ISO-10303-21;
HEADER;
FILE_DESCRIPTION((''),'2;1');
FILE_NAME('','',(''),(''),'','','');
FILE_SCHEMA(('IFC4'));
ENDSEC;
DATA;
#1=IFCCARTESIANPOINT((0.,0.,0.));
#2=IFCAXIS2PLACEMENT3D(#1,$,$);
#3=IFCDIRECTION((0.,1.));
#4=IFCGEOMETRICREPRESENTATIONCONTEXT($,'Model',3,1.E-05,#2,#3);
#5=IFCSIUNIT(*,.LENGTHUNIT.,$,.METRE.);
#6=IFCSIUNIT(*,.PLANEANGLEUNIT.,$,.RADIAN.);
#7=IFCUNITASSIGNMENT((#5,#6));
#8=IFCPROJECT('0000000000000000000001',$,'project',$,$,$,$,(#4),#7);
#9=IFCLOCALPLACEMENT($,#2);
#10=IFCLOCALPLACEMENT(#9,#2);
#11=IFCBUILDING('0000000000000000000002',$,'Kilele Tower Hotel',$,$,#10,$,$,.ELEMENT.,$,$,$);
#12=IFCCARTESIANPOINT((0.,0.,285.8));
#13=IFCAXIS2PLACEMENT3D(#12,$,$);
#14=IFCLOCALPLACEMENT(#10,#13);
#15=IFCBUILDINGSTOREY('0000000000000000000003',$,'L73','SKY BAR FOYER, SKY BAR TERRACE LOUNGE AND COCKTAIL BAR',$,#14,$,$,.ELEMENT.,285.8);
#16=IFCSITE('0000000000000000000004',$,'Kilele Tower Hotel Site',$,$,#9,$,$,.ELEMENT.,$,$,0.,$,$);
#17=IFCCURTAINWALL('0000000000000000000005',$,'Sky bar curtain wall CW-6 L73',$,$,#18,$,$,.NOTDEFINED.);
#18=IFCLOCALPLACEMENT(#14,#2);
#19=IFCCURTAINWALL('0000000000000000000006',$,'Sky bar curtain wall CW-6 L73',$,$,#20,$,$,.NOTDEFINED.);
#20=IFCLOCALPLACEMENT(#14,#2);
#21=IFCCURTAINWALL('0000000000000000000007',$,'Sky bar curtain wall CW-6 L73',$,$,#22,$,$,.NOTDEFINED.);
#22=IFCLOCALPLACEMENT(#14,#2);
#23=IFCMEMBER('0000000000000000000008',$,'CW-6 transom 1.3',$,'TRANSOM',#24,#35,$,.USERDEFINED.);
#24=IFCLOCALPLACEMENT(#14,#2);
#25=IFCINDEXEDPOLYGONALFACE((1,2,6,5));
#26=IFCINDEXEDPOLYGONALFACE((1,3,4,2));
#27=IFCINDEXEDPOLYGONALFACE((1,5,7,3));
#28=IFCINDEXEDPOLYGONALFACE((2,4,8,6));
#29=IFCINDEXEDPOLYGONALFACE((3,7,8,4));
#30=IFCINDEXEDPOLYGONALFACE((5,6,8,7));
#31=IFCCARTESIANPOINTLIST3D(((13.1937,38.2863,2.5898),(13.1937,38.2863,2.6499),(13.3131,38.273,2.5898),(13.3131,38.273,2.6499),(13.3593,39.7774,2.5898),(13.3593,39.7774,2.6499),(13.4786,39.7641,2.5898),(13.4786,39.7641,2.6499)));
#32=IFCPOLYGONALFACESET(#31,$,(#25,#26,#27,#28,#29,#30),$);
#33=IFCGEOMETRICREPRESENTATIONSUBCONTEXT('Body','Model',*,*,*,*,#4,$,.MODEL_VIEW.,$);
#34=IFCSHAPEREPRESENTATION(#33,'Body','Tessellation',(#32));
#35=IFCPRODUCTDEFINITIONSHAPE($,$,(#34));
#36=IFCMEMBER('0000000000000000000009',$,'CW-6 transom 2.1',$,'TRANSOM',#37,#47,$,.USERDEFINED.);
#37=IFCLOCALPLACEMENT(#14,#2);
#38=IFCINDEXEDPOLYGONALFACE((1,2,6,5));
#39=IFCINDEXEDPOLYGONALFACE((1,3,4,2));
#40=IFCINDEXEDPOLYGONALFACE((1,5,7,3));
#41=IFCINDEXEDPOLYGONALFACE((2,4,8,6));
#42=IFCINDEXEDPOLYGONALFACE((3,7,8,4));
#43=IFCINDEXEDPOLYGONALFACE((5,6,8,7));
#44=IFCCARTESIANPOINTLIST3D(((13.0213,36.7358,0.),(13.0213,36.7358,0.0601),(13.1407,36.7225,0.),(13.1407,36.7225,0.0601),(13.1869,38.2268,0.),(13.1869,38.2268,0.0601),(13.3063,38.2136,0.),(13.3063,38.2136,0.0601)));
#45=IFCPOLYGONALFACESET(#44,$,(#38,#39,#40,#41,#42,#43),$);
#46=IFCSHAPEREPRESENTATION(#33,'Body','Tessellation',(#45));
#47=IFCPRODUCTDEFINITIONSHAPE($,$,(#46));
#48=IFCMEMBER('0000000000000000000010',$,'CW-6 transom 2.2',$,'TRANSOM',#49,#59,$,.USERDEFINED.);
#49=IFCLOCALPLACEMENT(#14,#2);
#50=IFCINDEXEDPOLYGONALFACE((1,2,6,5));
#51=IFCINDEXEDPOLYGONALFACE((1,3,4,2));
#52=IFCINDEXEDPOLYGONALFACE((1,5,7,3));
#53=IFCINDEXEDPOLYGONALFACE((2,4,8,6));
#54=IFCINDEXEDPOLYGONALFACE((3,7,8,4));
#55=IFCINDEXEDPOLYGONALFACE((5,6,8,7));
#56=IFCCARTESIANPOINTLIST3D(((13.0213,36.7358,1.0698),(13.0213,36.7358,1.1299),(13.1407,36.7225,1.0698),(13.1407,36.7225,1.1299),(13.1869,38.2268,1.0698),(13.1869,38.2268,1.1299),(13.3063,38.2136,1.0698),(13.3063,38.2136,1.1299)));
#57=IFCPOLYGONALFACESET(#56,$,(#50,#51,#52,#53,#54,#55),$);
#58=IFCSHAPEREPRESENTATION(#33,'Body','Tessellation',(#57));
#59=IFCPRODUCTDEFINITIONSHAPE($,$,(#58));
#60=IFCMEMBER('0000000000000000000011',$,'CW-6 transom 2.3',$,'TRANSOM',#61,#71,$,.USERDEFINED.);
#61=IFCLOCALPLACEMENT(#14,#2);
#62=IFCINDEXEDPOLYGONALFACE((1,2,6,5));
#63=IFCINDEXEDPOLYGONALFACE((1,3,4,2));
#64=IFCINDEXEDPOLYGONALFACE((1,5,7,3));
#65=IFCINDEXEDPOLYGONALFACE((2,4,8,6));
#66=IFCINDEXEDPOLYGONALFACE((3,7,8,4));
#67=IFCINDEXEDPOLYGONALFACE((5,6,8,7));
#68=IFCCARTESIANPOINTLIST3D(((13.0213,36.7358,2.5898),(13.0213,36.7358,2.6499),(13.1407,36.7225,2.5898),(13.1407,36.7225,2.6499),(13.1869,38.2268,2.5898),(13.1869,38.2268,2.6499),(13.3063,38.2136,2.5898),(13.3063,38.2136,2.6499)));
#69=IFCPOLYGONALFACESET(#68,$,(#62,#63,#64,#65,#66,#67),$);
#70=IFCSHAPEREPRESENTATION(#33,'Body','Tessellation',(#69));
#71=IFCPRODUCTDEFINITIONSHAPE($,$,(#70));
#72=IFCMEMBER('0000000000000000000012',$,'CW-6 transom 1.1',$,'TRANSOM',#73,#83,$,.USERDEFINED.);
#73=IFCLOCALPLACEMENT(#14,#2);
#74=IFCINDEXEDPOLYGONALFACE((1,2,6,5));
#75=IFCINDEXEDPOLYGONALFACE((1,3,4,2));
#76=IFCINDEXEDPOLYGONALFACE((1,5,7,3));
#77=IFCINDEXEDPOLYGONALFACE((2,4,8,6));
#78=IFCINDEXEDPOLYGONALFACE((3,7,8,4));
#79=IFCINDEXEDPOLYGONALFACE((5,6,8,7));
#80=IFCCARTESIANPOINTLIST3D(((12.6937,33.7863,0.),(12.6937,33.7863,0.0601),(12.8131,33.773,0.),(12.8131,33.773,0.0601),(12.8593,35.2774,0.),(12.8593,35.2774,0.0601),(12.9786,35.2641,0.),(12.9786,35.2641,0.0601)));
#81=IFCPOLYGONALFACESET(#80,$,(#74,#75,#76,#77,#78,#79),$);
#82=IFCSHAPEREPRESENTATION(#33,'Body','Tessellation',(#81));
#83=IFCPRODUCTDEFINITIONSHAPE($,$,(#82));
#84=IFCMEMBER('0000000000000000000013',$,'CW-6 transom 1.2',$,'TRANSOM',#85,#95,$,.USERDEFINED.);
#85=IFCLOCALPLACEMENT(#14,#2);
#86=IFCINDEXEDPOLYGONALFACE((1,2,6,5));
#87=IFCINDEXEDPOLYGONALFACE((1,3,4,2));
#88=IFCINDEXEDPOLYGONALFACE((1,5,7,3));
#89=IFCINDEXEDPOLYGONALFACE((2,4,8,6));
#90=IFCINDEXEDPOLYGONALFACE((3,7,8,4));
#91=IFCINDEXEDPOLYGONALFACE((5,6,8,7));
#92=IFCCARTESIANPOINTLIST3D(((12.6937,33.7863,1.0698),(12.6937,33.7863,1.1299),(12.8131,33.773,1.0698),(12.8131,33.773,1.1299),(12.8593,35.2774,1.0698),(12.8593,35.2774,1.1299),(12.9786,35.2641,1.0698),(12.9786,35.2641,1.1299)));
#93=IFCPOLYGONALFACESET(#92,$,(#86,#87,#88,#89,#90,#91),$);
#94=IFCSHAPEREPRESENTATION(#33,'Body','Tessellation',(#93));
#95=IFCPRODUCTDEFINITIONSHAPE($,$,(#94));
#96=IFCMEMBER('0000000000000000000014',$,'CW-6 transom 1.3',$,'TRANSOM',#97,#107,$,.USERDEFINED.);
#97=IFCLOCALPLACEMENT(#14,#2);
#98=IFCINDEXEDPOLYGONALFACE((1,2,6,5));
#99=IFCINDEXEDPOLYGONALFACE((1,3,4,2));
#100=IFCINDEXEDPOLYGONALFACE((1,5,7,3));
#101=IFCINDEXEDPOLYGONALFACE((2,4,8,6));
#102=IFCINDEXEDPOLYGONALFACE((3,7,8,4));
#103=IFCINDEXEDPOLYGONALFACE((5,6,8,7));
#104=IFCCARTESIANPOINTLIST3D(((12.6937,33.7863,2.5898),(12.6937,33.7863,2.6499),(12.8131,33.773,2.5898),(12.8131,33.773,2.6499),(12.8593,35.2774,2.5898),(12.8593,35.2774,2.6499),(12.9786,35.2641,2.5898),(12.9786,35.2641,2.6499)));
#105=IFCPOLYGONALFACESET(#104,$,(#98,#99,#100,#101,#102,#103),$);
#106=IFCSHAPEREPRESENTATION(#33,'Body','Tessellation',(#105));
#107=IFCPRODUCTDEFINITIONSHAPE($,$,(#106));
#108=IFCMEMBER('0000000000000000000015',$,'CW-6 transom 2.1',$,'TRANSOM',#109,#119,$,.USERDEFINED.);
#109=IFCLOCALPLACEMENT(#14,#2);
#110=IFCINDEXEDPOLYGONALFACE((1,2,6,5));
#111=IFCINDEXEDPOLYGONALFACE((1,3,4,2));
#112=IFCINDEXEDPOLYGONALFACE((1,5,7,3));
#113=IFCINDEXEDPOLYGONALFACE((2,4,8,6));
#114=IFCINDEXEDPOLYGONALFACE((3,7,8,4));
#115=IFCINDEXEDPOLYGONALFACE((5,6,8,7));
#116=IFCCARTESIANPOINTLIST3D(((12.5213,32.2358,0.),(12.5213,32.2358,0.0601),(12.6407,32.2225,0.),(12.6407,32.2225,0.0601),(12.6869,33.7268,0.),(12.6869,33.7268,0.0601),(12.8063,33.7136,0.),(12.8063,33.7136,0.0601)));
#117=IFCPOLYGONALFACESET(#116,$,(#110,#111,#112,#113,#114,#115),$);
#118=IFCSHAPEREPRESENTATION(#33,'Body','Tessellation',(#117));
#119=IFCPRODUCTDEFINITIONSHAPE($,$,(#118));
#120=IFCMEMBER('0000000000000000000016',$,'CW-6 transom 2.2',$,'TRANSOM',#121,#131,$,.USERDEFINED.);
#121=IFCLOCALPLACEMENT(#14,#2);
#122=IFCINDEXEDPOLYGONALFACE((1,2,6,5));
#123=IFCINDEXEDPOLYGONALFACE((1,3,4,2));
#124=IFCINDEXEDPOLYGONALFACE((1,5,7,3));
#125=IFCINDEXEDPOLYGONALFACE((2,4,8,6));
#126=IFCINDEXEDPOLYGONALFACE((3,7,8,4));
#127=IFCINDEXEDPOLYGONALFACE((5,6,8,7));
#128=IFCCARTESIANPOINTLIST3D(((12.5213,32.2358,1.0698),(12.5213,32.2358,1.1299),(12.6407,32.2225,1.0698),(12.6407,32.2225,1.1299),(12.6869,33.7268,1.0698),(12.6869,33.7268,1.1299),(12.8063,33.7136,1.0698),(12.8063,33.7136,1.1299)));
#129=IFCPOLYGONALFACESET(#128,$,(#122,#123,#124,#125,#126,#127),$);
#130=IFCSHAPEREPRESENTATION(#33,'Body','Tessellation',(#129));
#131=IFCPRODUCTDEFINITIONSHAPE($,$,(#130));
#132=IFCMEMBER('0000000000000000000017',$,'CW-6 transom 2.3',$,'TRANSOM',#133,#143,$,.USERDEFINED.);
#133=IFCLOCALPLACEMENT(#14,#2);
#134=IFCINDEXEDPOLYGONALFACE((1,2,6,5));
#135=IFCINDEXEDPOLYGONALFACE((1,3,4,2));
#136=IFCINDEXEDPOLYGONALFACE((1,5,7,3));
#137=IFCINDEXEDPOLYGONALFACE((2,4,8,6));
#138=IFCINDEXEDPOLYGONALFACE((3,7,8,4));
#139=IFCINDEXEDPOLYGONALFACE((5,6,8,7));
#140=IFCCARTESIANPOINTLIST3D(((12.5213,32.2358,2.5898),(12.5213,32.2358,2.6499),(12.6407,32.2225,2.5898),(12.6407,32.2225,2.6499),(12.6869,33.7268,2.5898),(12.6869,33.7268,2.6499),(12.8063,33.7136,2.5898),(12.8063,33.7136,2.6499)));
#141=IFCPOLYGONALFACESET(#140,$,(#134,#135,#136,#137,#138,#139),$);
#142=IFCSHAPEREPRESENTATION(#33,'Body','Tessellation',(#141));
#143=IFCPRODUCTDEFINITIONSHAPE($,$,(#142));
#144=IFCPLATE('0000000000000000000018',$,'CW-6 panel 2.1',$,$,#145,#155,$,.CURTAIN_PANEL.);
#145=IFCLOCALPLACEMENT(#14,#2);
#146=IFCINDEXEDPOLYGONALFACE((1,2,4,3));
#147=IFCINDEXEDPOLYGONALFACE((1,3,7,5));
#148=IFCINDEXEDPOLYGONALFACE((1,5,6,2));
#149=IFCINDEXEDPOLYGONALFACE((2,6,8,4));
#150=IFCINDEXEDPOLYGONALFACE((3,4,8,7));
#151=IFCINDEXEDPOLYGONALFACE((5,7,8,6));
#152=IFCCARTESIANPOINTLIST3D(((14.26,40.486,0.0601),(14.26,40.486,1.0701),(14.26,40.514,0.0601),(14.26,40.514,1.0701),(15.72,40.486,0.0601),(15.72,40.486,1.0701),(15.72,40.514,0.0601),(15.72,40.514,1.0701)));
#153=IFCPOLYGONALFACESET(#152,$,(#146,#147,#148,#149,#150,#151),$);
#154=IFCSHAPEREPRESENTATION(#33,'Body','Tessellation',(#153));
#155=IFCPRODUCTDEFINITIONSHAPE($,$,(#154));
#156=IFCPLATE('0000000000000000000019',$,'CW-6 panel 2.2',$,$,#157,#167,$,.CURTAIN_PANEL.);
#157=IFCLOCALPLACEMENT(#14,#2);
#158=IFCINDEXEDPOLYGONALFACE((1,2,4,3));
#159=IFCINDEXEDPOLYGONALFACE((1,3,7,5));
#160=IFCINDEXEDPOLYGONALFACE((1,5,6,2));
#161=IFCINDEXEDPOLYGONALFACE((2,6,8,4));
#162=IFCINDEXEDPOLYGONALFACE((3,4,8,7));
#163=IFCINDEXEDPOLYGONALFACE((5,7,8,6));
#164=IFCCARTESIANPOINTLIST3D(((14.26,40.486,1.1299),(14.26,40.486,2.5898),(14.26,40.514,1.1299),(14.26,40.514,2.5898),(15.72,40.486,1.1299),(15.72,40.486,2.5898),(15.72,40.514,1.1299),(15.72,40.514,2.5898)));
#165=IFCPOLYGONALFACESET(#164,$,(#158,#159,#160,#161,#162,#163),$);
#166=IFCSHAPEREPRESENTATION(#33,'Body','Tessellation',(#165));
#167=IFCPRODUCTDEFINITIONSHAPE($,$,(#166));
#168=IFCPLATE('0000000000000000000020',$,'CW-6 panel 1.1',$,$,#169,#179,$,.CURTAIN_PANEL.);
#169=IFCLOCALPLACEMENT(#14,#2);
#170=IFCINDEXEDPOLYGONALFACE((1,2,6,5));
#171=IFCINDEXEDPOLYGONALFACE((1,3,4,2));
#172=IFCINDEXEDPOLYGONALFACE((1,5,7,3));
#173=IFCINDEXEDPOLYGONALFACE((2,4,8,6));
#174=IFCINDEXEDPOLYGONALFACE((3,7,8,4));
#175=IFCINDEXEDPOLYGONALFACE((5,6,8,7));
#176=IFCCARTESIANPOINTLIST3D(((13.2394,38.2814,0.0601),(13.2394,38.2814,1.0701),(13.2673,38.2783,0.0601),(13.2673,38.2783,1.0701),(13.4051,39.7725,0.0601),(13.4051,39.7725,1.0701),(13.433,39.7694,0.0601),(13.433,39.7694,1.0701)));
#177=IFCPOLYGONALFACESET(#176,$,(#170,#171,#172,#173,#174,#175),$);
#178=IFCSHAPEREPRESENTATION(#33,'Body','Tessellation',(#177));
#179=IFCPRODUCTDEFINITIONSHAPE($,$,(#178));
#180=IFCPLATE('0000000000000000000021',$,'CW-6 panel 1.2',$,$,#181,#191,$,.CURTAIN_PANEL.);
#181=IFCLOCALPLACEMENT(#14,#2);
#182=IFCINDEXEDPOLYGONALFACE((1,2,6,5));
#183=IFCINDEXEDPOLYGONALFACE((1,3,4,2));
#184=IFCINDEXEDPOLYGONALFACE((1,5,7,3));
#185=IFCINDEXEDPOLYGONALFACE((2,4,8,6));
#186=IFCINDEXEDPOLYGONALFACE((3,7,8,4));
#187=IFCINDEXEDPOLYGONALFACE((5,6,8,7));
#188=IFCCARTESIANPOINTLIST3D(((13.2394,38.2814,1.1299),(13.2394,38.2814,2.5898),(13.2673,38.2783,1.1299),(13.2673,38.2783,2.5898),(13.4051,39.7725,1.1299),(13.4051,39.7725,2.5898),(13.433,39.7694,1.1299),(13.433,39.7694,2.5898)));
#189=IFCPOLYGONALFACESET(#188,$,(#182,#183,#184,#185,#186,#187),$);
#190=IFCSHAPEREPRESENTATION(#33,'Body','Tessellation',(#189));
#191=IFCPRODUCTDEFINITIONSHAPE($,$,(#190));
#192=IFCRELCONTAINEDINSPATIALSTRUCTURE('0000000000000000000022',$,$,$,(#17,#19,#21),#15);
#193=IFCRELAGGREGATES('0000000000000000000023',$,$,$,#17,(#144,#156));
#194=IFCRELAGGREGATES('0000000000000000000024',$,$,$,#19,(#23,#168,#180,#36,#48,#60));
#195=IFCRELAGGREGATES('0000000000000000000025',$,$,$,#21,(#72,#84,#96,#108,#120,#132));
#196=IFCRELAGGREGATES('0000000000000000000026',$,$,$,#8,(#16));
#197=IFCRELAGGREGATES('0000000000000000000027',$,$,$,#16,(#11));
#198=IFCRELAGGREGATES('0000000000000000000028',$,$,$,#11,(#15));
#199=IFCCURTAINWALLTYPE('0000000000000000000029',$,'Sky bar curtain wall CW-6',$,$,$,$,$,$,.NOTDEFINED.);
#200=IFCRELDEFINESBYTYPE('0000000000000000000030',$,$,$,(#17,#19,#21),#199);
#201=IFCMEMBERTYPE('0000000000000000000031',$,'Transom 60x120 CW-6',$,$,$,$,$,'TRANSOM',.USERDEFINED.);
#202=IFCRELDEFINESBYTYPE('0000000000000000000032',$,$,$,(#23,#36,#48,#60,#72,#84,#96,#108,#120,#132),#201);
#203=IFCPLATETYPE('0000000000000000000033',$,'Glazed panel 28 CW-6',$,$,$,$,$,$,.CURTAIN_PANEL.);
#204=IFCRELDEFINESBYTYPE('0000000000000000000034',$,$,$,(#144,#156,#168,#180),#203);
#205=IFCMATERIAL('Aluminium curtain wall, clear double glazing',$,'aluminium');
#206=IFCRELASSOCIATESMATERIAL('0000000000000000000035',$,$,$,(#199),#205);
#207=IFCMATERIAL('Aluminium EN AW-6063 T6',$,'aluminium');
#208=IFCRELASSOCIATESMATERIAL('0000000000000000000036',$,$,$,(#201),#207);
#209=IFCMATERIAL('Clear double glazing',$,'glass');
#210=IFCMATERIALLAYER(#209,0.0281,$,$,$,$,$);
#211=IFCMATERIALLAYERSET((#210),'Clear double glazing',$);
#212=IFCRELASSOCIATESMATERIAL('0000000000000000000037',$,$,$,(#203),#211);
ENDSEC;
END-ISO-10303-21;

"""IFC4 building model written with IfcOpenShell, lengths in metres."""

from ifc_helpers import new_model, si_unit, direction, frame, origin, origin_2d, place, context, subcontext, project, spatial, rectangle, extrude, material, layer, layer_set, material_profile, profile_set, type_object, element, aggregate, save


model = new_model("IFC4")

# Units and contexts
model_context = context("Model", 3, precision=1e-05, world=origin(), true_north=direction((0.0, 1.0)))
body_context = subcontext(model_context, "Body", "Model", "MODEL_VIEW")
ifc_project = project(units=[si_unit("LENGTHUNIT", "METRE"), si_unit("PLANEANGLEUNIT", "RADIAN")], contexts=[model_context])

# Site, building, storey
site_placement = place(None, origin())
site = spatial("IfcSite", under=ifc_project, at=site_placement, Name="Kilele Tower Hotel Site", CompositionType="ELEMENT", RefElevation=0.0)
building_placement = place(site_placement, origin())
building = spatial("IfcBuilding", under=site, at=building_placement, Name="Kilele Tower Hotel", CompositionType="ELEMENT")
storey_placement = place(building_placement, frame((0.0, 0.0, 285.8)))
storey = spatial("IfcBuildingStorey", under=building, at=storey_placement, Name="L73", Description="SKY BAR FOYER, SKY BAR TERRACE LOUNGE AND COCKTAIL BAR", CompositionType="ELEMENT", Elevation=285.8)

# Curtain wall
ifc_material_1 = material(Name="Aluminium curtain wall, clear double glazing", Category="aluminium")
curtain_wall_type = type_object("IfcCurtainWallType", Name="Sky bar curtain wall CW-6", PredefinedType="NOTDEFINED", material=ifc_material_1)
curtain_wall_1_placement = place(storey_placement, origin())
curtain_wall_1 = element("IfcCurtainWall", 1, at=curtain_wall_1_placement, inside=storey, type_object=curtain_wall_type, Name="Sky bar curtain wall CW-6 L73", PredefinedType="NOTDEFINED")

# Curtain walls
curtain_wall_2_placement = place(storey_placement, origin())
curtain_wall_2 = element("IfcCurtainWall", 2, at=curtain_wall_2_placement, inside=storey, type_object=curtain_wall_type, Name="Sky bar curtain wall CW-6 L73", PredefinedType="NOTDEFINED")
curtain_wall_3_placement = place(storey_placement, origin())
curtain_wall_3 = element("IfcCurtainWall", 3, at=curtain_wall_3_placement, inside=storey, type_object=curtain_wall_type, Name="Sky bar curtain wall CW-6 L73", PredefinedType="NOTDEFINED")

# Members
ifc_material_2 = material(Name="Aluminium EN AW-6063 T6", Category="aluminium")
ifc_material_profile_1 = material_profile(ifc_material_2, rectangle(XDim=0.1201, YDim=0.0601, at=origin_2d()))
ifc_profile_set_1 = profile_set([ifc_material_profile_1], Name="Aluminium EN AW-6063 T6")
member_type_1 = type_object("IfcMemberType", Name="Transom 60x120 CW-6", ElementType="TRANSOM", PredefinedType="USERDEFINED", material=ifc_profile_set_1)
member_1_placement = place(storey_placement, frame((13.4189, 39.7708, 2.6199), z_axis=(-0.110342, -0.993894, 0.0), x_axis=(0.993894, -0.110342, 0.0)))
member_1 = element("IfcMember", 4, at=member_1_placement, type_object=member_type_1, Name="CW-6 transom 1.3", ObjectType="TRANSOM", PredefinedType="USERDEFINED", context=body_context, shape_type="SweptSolid", body=[
    extrude(rectangle(XDim=0.1201, YDim=0.0601, at=origin_2d()), origin(), (0.0, 0.0, 1.0), 1.5002),
])
member_2_placement = place(storey_placement, frame((13.2466, 38.2202, 0.03), z_axis=(-0.110342, -0.993894, 0.0), x_axis=(0.993894, -0.110342, 0.0)))
member_2 = element("IfcMember", 5, at=member_2_placement, type_object=member_type_1, Name="CW-6 transom 2.1", ObjectType="TRANSOM", PredefinedType="USERDEFINED", context=body_context, shape_type="SweptSolid", body=[
    extrude(rectangle(XDim=0.1201, YDim=0.0601, at=origin_2d()), origin(), (0.0, 0.0, 1.0), 1.5002),
])
member_3_placement = place(storey_placement, frame((13.2466, 38.2202, 1.0999), z_axis=(-0.110342, -0.993894, 0.0), x_axis=(0.993894, -0.110342, 0.0)))
member_3 = element("IfcMember", 6, at=member_3_placement, type_object=member_type_1, Name="CW-6 transom 2.2", ObjectType="TRANSOM", PredefinedType="USERDEFINED", context=body_context, shape_type="SweptSolid", body=[
    extrude(rectangle(XDim=0.1201, YDim=0.0601, at=origin_2d()), origin(), (0.0, 0.0, 1.0), 1.5002),
])
member_4_placement = place(storey_placement, frame((13.2466, 38.2202, 2.6199), z_axis=(-0.110342, -0.993894, 0.0), x_axis=(0.993894, -0.110342, 0.0)))
member_4 = element("IfcMember", 7, at=member_4_placement, type_object=member_type_1, Name="CW-6 transom 2.3", ObjectType="TRANSOM", PredefinedType="USERDEFINED", context=body_context, shape_type="SweptSolid", body=[
    extrude(rectangle(XDim=0.1201, YDim=0.0601, at=origin_2d()), origin(), (0.0, 0.0, 1.0), 1.5002),
])
member_5_placement = place(storey_placement, frame((12.9189, 35.2708, 0.03), z_axis=(-0.110342, -0.993894, 0.0), x_axis=(0.993894, -0.110342, 0.0)))
member_5 = element("IfcMember", 8, at=member_5_placement, type_object=member_type_1, Name="CW-6 transom 1.1", ObjectType="TRANSOM", PredefinedType="USERDEFINED", context=body_context, shape_type="SweptSolid", body=[
    extrude(rectangle(XDim=0.1201, YDim=0.0601, at=origin_2d()), origin(), (0.0, 0.0, 1.0), 1.5002),
])
member_6_placement = place(storey_placement, frame((12.9189, 35.2708, 1.0999), z_axis=(-0.110342, -0.993894, 0.0), x_axis=(0.993894, -0.110342, 0.0)))
member_6 = element("IfcMember", 9, at=member_6_placement, type_object=member_type_1, Name="CW-6 transom 1.2", ObjectType="TRANSOM", PredefinedType="USERDEFINED", context=body_context, shape_type="SweptSolid", body=[
    extrude(rectangle(XDim=0.1201, YDim=0.0601, at=origin_2d()), origin(), (0.0, 0.0, 1.0), 1.5002),
])
member_7_placement = place(storey_placement, frame((12.9189, 35.2708, 2.6199), z_axis=(-0.110342, -0.993894, 0.0), x_axis=(0.993894, -0.110342, 0.0)))
member_7 = element("IfcMember", 10, at=member_7_placement, type_object=member_type_1, Name="CW-6 transom 1.3", ObjectType="TRANSOM", PredefinedType="USERDEFINED", context=body_context, shape_type="SweptSolid", body=[
    extrude(rectangle(XDim=0.1201, YDim=0.0601, at=origin_2d()), origin(), (0.0, 0.0, 1.0), 1.5002),
])
member_8_placement = place(storey_placement, frame((12.7466, 33.7202, 0.03), z_axis=(-0.110342, -0.993894, 0.0), x_axis=(0.993894, -0.110342, 0.0)))
member_8 = element("IfcMember", 11, at=member_8_placement, type_object=member_type_1, Name="CW-6 transom 2.1", ObjectType="TRANSOM", PredefinedType="USERDEFINED", context=body_context, shape_type="SweptSolid", body=[
    extrude(rectangle(XDim=0.1201, YDim=0.0601, at=origin_2d()), origin(), (0.0, 0.0, 1.0), 1.5002),
])
member_9_placement = place(storey_placement, frame((12.7466, 33.7202, 1.0999), z_axis=(-0.110342, -0.993894, 0.0), x_axis=(0.993894, -0.110342, 0.0)))
member_9 = element("IfcMember", 12, at=member_9_placement, type_object=member_type_1, Name="CW-6 transom 2.2", ObjectType="TRANSOM", PredefinedType="USERDEFINED", context=body_context, shape_type="SweptSolid", body=[
    extrude(rectangle(XDim=0.1201, YDim=0.0601, at=origin_2d()), origin(), (0.0, 0.0, 1.0), 1.5002),
])
member_10_placement = place(storey_placement, frame((12.7466, 33.7202, 2.6199), z_axis=(-0.110342, -0.993894, 0.0), x_axis=(0.993894, -0.110342, 0.0)))
member_10 = element("IfcMember", 13, at=member_10_placement, type_object=member_type_1, Name="CW-6 transom 2.3", ObjectType="TRANSOM", PredefinedType="USERDEFINED", context=body_context, shape_type="SweptSolid", body=[
    extrude(rectangle(XDim=0.1201, YDim=0.0601, at=origin_2d()), origin(), (0.0, 0.0, 1.0), 1.5002),
])

# Plates
ifc_material_3 = material(Name="Clear double glazing", Category="glass")
ifc_layer_1 = layer(ifc_material_3, 0.0281)
ifc_layer_set_1 = layer_set([ifc_layer_1], Name="Clear double glazing")
plate_type = type_object("IfcPlateType", Name="Glazed panel 28 CW-6", PredefinedType="CURTAIN_PANEL", material=ifc_layer_set_1)
plate_1_placement = place(storey_placement, frame((14.99, 40.5, 0.0601), z_axis=(0.0, 0.0, 1.0), x_axis=(-1.0, 0.0, 0.0)))
plate_1 = element("IfcPlate", 14, at=plate_1_placement, type_object=plate_type, Name="CW-6 panel 2.1", PredefinedType="CURTAIN_PANEL", context=body_context, shape_type="SweptSolid", body=[
    extrude(rectangle(XDim=1.46, YDim=0.0281, at=origin_2d()), origin(), (0.0, 0.0, 1.0), 1.01),
])
plate_2_placement = place(storey_placement, frame((14.99, 40.5, 1.1299), z_axis=(0.0, 0.0, 1.0), x_axis=(-1.0, 0.0, 0.0)))
plate_2 = element("IfcPlate", 15, at=plate_2_placement, type_object=plate_type, Name="CW-6 panel 2.2", PredefinedType="CURTAIN_PANEL", context=body_context, shape_type="SweptSolid", body=[
    extrude(rectangle(XDim=1.46, YDim=0.0281, at=origin_2d()), origin(), (0.0, 0.0, 1.0), 1.46),
])
aggregate(curtain_wall_1, [plate_1, plate_2])
plate_3_placement = place(storey_placement, frame((13.3362, 39.0254, 0.0601), z_axis=(0.0, 0.0, 1.0), x_axis=(-0.110432, -0.993884, 0.0)))
plate_3 = element("IfcPlate", 16, at=plate_3_placement, type_object=plate_type, Name="CW-6 panel 1.1", PredefinedType="CURTAIN_PANEL", context=body_context, shape_type="SweptSolid", body=[
    extrude(rectangle(XDim=1.5002, YDim=0.0281, at=origin_2d()), origin(), (0.0, 0.0, 1.0), 1.01),
])
plate_4_placement = place(storey_placement, frame((13.3362, 39.0254, 1.1299), z_axis=(0.0, 0.0, 1.0), x_axis=(-0.110432, -0.993884, 0.0)))
plate_4 = element("IfcPlate", 17, at=plate_4_placement, type_object=plate_type, Name="CW-6 panel 1.2", PredefinedType="CURTAIN_PANEL", context=body_context, shape_type="SweptSolid", body=[
    extrude(rectangle(XDim=1.5002, YDim=0.0281, at=origin_2d()), origin(), (0.0, 0.0, 1.0), 1.46),
])
aggregate(curtain_wall_2, [member_1, plate_3, plate_4, member_2, member_3, member_4])
aggregate(curtain_wall_3, [member_5, member_6, member_7, member_8, member_9, member_10])

save(model, "model.ifc")
